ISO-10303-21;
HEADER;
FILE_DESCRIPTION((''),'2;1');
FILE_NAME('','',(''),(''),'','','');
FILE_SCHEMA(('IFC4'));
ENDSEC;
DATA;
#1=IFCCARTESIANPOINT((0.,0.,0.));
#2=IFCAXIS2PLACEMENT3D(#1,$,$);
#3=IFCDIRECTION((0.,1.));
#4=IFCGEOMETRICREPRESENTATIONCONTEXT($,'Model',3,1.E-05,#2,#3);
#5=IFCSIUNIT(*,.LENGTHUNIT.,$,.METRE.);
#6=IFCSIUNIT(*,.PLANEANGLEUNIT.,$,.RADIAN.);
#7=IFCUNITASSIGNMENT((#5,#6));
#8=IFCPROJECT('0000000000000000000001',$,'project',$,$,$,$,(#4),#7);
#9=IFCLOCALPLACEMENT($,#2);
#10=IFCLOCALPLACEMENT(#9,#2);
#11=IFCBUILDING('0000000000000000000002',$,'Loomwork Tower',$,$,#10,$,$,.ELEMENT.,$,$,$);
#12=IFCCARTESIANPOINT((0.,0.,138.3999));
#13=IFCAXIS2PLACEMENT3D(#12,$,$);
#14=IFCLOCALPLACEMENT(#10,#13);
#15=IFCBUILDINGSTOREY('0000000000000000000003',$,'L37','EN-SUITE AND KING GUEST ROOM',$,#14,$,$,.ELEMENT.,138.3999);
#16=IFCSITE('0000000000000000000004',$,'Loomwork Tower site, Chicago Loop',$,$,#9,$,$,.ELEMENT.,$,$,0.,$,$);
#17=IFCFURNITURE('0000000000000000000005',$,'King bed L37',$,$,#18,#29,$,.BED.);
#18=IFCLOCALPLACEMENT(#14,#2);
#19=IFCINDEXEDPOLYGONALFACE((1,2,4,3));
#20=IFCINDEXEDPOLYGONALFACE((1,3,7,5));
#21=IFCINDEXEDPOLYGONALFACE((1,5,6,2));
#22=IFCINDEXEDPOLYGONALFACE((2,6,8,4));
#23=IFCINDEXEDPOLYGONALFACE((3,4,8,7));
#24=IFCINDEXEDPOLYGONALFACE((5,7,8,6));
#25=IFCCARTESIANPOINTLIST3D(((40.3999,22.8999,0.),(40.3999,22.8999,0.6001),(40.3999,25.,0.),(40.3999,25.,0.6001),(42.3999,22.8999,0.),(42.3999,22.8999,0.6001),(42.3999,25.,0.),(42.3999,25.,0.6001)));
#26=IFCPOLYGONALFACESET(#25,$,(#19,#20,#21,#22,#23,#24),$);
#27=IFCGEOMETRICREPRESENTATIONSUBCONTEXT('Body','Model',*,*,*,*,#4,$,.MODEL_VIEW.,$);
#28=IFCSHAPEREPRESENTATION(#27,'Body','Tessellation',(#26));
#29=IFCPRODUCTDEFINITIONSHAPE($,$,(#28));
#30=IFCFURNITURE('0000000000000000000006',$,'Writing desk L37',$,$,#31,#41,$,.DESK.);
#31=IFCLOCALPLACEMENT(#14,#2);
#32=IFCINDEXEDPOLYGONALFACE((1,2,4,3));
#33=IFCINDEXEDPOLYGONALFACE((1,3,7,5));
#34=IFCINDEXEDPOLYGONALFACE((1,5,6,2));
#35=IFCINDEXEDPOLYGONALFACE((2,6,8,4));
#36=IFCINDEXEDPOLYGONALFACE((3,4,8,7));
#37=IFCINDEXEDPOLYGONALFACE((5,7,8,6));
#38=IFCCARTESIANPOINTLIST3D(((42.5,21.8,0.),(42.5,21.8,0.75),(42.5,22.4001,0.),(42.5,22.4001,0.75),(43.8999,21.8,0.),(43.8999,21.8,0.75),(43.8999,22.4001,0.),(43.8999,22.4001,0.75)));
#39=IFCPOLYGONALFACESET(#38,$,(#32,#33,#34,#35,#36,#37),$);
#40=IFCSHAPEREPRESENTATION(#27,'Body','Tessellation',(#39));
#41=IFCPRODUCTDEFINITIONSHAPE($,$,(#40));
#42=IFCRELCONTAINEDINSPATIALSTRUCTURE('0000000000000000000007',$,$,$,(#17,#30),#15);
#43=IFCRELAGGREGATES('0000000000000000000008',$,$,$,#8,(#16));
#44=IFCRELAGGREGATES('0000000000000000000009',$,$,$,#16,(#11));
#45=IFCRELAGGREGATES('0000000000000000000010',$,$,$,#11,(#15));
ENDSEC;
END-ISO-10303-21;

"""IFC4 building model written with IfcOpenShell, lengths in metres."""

from ifc_helpers import new_model, si_unit, direction, frame, origin, origin_2d, place, context, subcontext, project, spatial, rectangle, extrude, element, save


model = new_model("IFC4")

# Units and contexts
model_context = context("Model", 3, precision=1e-05, world=origin(), true_north=direction((0.0, 1.0)))
body_context = subcontext(model_context, "Body", "Model", "MODEL_VIEW")
ifc_project = project(units=[si_unit("LENGTHUNIT", "METRE"), si_unit("PLANEANGLEUNIT", "RADIAN")], contexts=[model_context])

# Site, building, storey
site_placement = place(None, origin())
site = spatial("IfcSite", under=ifc_project, at=site_placement, Name="Loomwork Tower site, Chicago Loop", CompositionType="ELEMENT", RefElevation=0.0)
building_placement = place(site_placement, origin())
building = spatial("IfcBuilding", under=site, at=building_placement, Name="Loomwork Tower", CompositionType="ELEMENT")
storey_placement = place(building_placement, frame((0.0, 0.0, 138.3999)))
storey = spatial("IfcBuildingStorey", under=building, at=storey_placement, Name="L37", Description="EN-SUITE AND KING GUEST ROOM", CompositionType="ELEMENT", Elevation=138.3999)

# Furniture
furniture_1_placement = place(storey_placement, frame((41.3999, 23.95, 0.0), z_axis=(0.0, 0.0, 1.0), x_axis=(1.0, 0.0, 0.0)))
element("IfcFurniture", 1, at=furniture_1_placement, inside=storey, Name="King bed L37", PredefinedType="BED", context=body_context, shape_type="SweptSolid", body=[
    extrude(rectangle(XDim=2.0, YDim=2.1001, at=origin_2d()), origin(), (0.0, 0.0, 1.0), 0.6001),
])
furniture_2_placement = place(storey_placement, frame((43.2, 22.1001, 0.0), z_axis=(0.0, 0.0, 1.0), x_axis=(1.0, 0.0, 0.0)))
element("IfcFurniture", 2, at=furniture_2_placement, inside=storey, Name="Writing desk L37", PredefinedType="DESK", context=body_context, shape_type="SweptSolid", body=[
    extrude(rectangle(XDim=1.3999, YDim=0.6001, at=origin_2d()), origin(), (0.0, 0.0, 1.0), 0.75),
])

save(model, "model.ifc")
